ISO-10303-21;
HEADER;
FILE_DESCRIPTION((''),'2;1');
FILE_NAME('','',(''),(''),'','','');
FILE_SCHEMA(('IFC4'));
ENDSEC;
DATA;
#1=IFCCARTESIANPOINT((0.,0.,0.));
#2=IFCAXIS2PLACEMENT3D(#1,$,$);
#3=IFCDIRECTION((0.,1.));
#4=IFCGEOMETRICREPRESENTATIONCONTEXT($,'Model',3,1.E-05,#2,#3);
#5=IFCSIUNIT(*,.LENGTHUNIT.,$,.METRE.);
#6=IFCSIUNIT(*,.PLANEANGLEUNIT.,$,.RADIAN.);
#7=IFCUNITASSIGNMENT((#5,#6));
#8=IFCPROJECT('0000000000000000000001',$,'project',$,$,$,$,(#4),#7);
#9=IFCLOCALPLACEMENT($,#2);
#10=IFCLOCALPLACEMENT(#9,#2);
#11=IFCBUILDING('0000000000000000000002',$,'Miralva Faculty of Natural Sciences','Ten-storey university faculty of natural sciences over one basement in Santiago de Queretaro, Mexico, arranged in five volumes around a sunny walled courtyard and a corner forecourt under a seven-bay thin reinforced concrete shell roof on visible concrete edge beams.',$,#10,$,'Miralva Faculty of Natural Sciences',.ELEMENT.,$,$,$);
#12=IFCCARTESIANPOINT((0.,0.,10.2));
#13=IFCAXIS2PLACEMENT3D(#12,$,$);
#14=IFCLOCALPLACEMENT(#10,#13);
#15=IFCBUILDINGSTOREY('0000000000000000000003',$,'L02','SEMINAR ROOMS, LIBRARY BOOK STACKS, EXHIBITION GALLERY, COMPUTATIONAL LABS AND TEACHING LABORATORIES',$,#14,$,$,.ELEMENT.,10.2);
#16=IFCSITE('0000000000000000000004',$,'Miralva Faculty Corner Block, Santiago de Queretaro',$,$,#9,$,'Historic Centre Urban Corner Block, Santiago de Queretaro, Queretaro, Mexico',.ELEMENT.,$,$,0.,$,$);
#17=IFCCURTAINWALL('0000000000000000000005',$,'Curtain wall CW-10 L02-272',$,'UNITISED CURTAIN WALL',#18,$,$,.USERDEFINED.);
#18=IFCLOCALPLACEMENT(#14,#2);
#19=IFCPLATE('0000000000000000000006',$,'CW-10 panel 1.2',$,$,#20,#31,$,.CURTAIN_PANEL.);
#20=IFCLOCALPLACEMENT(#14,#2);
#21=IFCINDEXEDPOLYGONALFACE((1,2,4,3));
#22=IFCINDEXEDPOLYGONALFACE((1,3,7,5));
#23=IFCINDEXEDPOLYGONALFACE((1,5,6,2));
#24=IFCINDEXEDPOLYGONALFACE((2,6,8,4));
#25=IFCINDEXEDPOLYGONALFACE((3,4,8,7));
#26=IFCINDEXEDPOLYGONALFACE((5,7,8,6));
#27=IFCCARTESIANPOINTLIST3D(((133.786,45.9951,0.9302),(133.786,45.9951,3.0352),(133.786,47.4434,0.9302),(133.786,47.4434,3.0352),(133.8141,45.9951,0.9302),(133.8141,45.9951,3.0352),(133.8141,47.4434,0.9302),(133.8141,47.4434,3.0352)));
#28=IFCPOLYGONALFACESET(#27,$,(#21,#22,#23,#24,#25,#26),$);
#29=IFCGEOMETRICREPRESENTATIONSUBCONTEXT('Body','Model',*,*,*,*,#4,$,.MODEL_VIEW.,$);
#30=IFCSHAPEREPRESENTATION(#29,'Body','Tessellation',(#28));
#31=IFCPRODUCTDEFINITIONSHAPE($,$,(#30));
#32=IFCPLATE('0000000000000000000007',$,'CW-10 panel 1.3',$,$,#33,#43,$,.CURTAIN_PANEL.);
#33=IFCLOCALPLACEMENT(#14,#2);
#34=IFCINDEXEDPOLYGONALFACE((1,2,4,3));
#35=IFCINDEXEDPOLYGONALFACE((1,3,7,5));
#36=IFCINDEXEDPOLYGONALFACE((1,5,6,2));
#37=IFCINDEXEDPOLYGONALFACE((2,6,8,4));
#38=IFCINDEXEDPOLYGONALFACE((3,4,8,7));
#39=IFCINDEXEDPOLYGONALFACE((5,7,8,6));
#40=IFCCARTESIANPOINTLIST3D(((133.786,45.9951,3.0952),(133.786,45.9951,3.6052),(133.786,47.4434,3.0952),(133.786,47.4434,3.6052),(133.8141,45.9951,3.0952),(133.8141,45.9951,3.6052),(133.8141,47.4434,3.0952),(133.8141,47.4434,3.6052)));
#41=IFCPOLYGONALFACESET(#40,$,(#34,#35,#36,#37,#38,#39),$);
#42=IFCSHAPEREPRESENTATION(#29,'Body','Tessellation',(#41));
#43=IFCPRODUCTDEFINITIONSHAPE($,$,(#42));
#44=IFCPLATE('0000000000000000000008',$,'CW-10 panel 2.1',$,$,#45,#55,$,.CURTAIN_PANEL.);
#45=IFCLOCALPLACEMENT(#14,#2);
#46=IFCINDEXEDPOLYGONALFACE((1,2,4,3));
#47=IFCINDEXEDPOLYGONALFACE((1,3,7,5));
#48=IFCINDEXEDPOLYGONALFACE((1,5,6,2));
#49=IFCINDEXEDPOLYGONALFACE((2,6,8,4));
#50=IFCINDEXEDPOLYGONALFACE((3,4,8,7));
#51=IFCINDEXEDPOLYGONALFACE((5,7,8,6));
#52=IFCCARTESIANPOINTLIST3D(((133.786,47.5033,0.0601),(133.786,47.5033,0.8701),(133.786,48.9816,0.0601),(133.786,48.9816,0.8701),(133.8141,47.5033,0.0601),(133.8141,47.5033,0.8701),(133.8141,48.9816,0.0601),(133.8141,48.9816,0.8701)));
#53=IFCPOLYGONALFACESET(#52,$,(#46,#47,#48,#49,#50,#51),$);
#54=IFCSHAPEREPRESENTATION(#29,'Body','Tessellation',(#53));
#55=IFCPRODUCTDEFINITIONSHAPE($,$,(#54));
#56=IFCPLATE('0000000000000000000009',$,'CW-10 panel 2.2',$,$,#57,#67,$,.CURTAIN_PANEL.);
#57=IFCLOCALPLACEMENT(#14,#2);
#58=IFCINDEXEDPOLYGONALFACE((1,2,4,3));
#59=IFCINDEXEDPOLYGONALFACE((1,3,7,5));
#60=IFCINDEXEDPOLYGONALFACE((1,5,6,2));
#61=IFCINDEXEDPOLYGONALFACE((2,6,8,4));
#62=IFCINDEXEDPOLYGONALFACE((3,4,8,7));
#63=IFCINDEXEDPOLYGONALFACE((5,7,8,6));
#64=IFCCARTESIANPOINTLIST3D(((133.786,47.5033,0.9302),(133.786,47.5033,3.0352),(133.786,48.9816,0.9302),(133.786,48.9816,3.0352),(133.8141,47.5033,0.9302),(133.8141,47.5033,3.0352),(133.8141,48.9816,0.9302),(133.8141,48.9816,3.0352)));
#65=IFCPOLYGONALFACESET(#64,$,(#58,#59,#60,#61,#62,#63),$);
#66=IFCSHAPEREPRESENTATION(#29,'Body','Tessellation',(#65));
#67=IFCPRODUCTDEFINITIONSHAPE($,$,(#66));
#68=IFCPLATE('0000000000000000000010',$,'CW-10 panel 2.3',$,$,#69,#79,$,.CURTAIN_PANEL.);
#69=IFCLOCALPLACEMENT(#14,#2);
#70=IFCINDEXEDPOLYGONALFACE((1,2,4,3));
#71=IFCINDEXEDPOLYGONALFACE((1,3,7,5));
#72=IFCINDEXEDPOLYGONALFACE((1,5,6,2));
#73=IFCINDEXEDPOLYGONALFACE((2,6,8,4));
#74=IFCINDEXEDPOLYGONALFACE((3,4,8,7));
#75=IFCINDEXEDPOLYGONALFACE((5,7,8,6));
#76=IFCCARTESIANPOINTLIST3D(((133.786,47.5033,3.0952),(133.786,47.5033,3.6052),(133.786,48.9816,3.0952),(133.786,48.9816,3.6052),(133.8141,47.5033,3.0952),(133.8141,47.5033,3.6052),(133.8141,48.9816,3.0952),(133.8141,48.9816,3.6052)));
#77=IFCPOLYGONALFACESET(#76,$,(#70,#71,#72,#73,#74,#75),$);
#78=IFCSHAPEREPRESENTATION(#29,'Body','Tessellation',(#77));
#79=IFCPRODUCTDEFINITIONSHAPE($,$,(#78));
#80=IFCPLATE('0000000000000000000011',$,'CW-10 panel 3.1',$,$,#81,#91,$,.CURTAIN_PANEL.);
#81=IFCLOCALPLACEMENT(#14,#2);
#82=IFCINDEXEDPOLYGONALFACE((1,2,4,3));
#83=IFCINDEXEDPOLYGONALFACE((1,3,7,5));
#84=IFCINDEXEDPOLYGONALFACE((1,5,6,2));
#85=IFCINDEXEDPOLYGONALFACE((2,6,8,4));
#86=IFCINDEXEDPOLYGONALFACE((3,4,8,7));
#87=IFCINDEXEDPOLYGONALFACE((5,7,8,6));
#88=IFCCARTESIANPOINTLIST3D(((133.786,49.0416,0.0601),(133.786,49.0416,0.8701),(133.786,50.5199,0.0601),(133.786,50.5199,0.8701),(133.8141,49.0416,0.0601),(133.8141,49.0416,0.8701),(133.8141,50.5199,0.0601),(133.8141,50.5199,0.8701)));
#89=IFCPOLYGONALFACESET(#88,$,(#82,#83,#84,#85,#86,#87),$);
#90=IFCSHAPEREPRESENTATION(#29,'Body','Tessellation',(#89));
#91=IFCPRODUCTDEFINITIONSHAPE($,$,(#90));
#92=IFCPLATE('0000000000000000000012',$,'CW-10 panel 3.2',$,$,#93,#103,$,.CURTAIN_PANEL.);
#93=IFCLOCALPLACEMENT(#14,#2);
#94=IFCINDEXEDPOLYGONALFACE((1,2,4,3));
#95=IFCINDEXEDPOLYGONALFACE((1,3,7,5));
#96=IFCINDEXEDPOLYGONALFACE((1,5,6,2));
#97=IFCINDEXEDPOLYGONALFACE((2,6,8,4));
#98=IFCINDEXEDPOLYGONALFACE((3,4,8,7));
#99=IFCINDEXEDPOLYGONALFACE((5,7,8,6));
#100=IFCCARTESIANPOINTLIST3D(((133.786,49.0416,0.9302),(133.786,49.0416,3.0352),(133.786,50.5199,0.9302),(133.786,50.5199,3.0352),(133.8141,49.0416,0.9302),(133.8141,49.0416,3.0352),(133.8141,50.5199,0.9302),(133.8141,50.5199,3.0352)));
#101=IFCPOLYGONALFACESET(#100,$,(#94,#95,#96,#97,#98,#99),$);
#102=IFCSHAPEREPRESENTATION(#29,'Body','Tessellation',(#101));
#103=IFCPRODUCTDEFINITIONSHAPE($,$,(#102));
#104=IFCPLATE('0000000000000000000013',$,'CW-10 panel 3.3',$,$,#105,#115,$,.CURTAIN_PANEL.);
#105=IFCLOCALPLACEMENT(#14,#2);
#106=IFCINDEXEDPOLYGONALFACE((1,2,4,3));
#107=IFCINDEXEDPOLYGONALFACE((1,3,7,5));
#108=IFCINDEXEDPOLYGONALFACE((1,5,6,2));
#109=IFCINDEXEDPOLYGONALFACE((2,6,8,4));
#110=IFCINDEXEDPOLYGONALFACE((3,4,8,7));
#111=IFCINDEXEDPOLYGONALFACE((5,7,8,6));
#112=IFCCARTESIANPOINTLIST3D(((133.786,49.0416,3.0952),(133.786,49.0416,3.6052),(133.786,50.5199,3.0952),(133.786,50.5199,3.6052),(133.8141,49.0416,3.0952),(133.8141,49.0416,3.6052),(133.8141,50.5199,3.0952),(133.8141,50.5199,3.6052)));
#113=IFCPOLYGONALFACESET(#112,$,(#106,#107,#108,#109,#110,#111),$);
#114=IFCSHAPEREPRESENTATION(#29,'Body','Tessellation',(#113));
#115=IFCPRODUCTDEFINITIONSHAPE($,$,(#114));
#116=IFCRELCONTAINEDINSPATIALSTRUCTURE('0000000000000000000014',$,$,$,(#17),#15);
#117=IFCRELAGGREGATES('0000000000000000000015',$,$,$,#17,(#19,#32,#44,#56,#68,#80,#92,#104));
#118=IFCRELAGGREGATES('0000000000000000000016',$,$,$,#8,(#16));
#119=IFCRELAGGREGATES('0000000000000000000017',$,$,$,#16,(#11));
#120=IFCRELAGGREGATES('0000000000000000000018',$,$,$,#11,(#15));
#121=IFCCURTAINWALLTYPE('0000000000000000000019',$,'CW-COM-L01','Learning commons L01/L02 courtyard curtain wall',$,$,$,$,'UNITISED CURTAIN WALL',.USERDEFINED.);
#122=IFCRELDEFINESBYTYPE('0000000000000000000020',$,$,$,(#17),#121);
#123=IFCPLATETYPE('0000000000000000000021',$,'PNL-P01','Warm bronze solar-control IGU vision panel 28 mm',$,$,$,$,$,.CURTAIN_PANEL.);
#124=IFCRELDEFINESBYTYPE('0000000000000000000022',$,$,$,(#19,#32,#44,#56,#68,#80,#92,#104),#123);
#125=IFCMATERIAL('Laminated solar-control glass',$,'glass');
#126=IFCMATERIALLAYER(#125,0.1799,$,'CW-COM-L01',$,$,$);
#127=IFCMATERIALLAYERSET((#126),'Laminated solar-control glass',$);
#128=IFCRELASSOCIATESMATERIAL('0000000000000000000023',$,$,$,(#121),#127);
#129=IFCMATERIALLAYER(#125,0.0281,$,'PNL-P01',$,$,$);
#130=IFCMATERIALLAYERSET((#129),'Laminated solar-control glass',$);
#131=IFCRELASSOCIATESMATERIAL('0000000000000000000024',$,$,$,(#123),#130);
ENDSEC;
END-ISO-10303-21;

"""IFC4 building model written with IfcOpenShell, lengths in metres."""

from ifc_helpers import new_model, si_unit, direction, frame, origin, origin_2d, place, context, subcontext, project, spatial, rectangle, extrude, material, layer, layer_set, type_object, element, aggregate, save


model = new_model("IFC4")

# Units and contexts
model_context = context("Model", 3, precision=1e-05, world=origin(), true_north=direction((0.0, 1.0)))
body_context = subcontext(model_context, "Body", "Model", "MODEL_VIEW")
ifc_project = project(units=[si_unit("LENGTHUNIT", "METRE"), si_unit("PLANEANGLEUNIT", "RADIAN")], contexts=[model_context])

# Site, building, storey
site_placement = place(None, origin())
site = spatial("IfcSite", under=ifc_project, at=site_placement, Name="Miralva Faculty Corner Block, Santiago de Queretaro", LongName="Historic Centre Urban Corner Block, Santiago de Queretaro, Queretaro, Mexico", CompositionType="ELEMENT", RefElevation=0.0)
building_placement = place(site_placement, origin())
building = spatial("IfcBuilding", under=site, at=building_placement, Name="Miralva Faculty of Natural Sciences", Description="Ten-storey university faculty of natural sciences over one basement in Santiago de Queretaro, Mexico, arranged in five volumes around a sunny walled courtyard and a corner forecourt under a seven-bay thin reinforced concrete shell roof on visible concrete edge beams.", LongName="Miralva Faculty of Natural Sciences", CompositionType="ELEMENT")
storey_placement = place(building_placement, frame((0.0, 0.0, 10.2)))
storey = spatial("IfcBuildingStorey", under=building, at=storey_placement, Name="L02", Description="SEMINAR ROOMS, LIBRARY BOOK STACKS, EXHIBITION GALLERY, COMPUTATIONAL LABS AND TEACHING LABORATORIES", CompositionType="ELEMENT", Elevation=10.2)

# Shared definitions
ifc_material_1 = material(Name="Laminated solar-control glass", Category="glass")
ifc_layer_1 = layer(ifc_material_1, 0.1799, Name="CW-COM-L01")
ifc_layer_set_1 = layer_set([ifc_layer_1], Name="Laminated solar-control glass")
curtain_wall_type = type_object("IfcCurtainWallType", Name="CW-COM-L01", Description="Learning commons L01/L02 courtyard curtain wall", ElementType="UNITISED CURTAIN WALL", PredefinedType="USERDEFINED", material=ifc_layer_set_1)

# Curtain wall
curtain_wall_1_placement = place(storey_placement, origin())
curtain_wall_1 = element("IfcCurtainWall", 1, at=curtain_wall_1_placement, inside=storey, type_object=curtain_wall_type, Name="Curtain wall CW-10 L02-272", ObjectType="UNITISED CURTAIN WALL", PredefinedType="USERDEFINED")

# Plates
ifc_layer_2 = layer(ifc_material_1, 0.0281, Name="PNL-P01")
ifc_layer_set_2 = layer_set([ifc_layer_2], Name="Laminated solar-control glass")
plate_type = type_object("IfcPlateType", Name="PNL-P01", Description="Warm bronze solar-control IGU vision panel 28 mm", PredefinedType="CURTAIN_PANEL", material=ifc_layer_set_2)
plate_1_placement = place(storey_placement, frame((133.8, 46.7192, 0.9302), z_axis=(0.0, 0.0, 1.0), x_axis=(0.0, 1.0, 0.0)))
plate_1 = element("IfcPlate", 2, at=plate_1_placement, type_object=plate_type, Name="CW-10 panel 1.2", PredefinedType="CURTAIN_PANEL", context=body_context, shape_type="SweptSolid", body=[
    extrude(rectangle(XDim=1.4482, YDim=0.0281, at=origin_2d()), origin(), (0.0, 0.0, 1.0), 2.105),
])
plate_2_placement = place(storey_placement, frame((133.8, 46.7192, 3.0952), z_axis=(0.0, 0.0, 1.0), x_axis=(0.0, 1.0, 0.0)))
plate_2 = element("IfcPlate", 3, at=plate_2_placement, type_object=plate_type, Name="CW-10 panel 1.3", PredefinedType="CURTAIN_PANEL", context=body_context, shape_type="SweptSolid", body=[
    extrude(rectangle(XDim=1.4482, YDim=0.0281, at=origin_2d()), origin(), (0.0, 0.0, 1.0), 0.51),
])
plate_3_placement = place(storey_placement, frame((133.8, 48.2424, 0.0601), z_axis=(0.0, 0.0, 1.0), x_axis=(0.0, 1.0, 0.0)))
plate_3 = element("IfcPlate", 4, at=plate_3_placement, type_object=plate_type, Name="CW-10 panel 2.1", PredefinedType="CURTAIN_PANEL", context=body_context, shape_type="SweptSolid", body=[
    extrude(rectangle(XDim=1.4783, YDim=0.0281, at=origin_2d()), origin(), (0.0, 0.0, 1.0), 0.8101),
])
plate_4_placement = place(storey_placement, frame((133.8, 48.2424, 0.9302), z_axis=(0.0, 0.0, 1.0), x_axis=(0.0, 1.0, 0.0)))
plate_4 = element("IfcPlate", 5, at=plate_4_placement, type_object=plate_type, Name="CW-10 panel 2.2", PredefinedType="CURTAIN_PANEL", context=body_context, shape_type="SweptSolid", body=[
    extrude(rectangle(XDim=1.4783, YDim=0.0281, at=origin_2d()), origin(), (0.0, 0.0, 1.0), 2.105),
])
plate_5_placement = place(storey_placement, frame((133.8, 48.2424, 3.0952), z_axis=(0.0, 0.0, 1.0), x_axis=(0.0, 1.0, 0.0)))
plate_5 = element("IfcPlate", 6, at=plate_5_placement, type_object=plate_type, Name="CW-10 panel 2.3", PredefinedType="CURTAIN_PANEL", context=body_context, shape_type="SweptSolid", body=[
    extrude(rectangle(XDim=1.4783, YDim=0.0281, at=origin_2d()), origin(), (0.0, 0.0, 1.0), 0.51),
])
plate_6_placement = place(storey_placement, frame((133.8, 49.7808, 0.0601), z_axis=(0.0, 0.0, 1.0), x_axis=(0.0, 1.0, 0.0)))
plate_6 = element("IfcPlate", 7, at=plate_6_placement, type_object=plate_type, Name="CW-10 panel 3.1", PredefinedType="CURTAIN_PANEL", context=body_context, shape_type="SweptSolid", body=[
    extrude(rectangle(XDim=1.4783, YDim=0.0281, at=origin_2d()), origin(), (0.0, 0.0, 1.0), 0.8101),
])
plate_7_placement = place(storey_placement, frame((133.8, 49.7808, 0.9302), z_axis=(0.0, 0.0, 1.0), x_axis=(0.0, 1.0, 0.0)))
plate_7 = element("IfcPlate", 8, at=plate_7_placement, type_object=plate_type, Name="CW-10 panel 3.2", PredefinedType="CURTAIN_PANEL", context=body_context, shape_type="SweptSolid", body=[
    extrude(rectangle(XDim=1.4783, YDim=0.0281, at=origin_2d()), origin(), (0.0, 0.0, 1.0), 2.105),
])
plate_8_placement = place(storey_placement, frame((133.8, 49.7808, 3.0952), z_axis=(0.0, 0.0, 1.0), x_axis=(0.0, 1.0, 0.0)))
plate_8 = element("IfcPlate", 9, at=plate_8_placement, type_object=plate_type, Name="CW-10 panel 3.3", PredefinedType="CURTAIN_PANEL", context=body_context, shape_type="SweptSolid", body=[
    extrude(rectangle(XDim=1.4783, YDim=0.0281, at=origin_2d()), origin(), (0.0, 0.0, 1.0), 0.51),
])
aggregate(curtain_wall_1, [plate_1, plate_2, plate_3, plate_4, plate_5, plate_6, plate_7, plate_8])

save(model, "model.ifc")
